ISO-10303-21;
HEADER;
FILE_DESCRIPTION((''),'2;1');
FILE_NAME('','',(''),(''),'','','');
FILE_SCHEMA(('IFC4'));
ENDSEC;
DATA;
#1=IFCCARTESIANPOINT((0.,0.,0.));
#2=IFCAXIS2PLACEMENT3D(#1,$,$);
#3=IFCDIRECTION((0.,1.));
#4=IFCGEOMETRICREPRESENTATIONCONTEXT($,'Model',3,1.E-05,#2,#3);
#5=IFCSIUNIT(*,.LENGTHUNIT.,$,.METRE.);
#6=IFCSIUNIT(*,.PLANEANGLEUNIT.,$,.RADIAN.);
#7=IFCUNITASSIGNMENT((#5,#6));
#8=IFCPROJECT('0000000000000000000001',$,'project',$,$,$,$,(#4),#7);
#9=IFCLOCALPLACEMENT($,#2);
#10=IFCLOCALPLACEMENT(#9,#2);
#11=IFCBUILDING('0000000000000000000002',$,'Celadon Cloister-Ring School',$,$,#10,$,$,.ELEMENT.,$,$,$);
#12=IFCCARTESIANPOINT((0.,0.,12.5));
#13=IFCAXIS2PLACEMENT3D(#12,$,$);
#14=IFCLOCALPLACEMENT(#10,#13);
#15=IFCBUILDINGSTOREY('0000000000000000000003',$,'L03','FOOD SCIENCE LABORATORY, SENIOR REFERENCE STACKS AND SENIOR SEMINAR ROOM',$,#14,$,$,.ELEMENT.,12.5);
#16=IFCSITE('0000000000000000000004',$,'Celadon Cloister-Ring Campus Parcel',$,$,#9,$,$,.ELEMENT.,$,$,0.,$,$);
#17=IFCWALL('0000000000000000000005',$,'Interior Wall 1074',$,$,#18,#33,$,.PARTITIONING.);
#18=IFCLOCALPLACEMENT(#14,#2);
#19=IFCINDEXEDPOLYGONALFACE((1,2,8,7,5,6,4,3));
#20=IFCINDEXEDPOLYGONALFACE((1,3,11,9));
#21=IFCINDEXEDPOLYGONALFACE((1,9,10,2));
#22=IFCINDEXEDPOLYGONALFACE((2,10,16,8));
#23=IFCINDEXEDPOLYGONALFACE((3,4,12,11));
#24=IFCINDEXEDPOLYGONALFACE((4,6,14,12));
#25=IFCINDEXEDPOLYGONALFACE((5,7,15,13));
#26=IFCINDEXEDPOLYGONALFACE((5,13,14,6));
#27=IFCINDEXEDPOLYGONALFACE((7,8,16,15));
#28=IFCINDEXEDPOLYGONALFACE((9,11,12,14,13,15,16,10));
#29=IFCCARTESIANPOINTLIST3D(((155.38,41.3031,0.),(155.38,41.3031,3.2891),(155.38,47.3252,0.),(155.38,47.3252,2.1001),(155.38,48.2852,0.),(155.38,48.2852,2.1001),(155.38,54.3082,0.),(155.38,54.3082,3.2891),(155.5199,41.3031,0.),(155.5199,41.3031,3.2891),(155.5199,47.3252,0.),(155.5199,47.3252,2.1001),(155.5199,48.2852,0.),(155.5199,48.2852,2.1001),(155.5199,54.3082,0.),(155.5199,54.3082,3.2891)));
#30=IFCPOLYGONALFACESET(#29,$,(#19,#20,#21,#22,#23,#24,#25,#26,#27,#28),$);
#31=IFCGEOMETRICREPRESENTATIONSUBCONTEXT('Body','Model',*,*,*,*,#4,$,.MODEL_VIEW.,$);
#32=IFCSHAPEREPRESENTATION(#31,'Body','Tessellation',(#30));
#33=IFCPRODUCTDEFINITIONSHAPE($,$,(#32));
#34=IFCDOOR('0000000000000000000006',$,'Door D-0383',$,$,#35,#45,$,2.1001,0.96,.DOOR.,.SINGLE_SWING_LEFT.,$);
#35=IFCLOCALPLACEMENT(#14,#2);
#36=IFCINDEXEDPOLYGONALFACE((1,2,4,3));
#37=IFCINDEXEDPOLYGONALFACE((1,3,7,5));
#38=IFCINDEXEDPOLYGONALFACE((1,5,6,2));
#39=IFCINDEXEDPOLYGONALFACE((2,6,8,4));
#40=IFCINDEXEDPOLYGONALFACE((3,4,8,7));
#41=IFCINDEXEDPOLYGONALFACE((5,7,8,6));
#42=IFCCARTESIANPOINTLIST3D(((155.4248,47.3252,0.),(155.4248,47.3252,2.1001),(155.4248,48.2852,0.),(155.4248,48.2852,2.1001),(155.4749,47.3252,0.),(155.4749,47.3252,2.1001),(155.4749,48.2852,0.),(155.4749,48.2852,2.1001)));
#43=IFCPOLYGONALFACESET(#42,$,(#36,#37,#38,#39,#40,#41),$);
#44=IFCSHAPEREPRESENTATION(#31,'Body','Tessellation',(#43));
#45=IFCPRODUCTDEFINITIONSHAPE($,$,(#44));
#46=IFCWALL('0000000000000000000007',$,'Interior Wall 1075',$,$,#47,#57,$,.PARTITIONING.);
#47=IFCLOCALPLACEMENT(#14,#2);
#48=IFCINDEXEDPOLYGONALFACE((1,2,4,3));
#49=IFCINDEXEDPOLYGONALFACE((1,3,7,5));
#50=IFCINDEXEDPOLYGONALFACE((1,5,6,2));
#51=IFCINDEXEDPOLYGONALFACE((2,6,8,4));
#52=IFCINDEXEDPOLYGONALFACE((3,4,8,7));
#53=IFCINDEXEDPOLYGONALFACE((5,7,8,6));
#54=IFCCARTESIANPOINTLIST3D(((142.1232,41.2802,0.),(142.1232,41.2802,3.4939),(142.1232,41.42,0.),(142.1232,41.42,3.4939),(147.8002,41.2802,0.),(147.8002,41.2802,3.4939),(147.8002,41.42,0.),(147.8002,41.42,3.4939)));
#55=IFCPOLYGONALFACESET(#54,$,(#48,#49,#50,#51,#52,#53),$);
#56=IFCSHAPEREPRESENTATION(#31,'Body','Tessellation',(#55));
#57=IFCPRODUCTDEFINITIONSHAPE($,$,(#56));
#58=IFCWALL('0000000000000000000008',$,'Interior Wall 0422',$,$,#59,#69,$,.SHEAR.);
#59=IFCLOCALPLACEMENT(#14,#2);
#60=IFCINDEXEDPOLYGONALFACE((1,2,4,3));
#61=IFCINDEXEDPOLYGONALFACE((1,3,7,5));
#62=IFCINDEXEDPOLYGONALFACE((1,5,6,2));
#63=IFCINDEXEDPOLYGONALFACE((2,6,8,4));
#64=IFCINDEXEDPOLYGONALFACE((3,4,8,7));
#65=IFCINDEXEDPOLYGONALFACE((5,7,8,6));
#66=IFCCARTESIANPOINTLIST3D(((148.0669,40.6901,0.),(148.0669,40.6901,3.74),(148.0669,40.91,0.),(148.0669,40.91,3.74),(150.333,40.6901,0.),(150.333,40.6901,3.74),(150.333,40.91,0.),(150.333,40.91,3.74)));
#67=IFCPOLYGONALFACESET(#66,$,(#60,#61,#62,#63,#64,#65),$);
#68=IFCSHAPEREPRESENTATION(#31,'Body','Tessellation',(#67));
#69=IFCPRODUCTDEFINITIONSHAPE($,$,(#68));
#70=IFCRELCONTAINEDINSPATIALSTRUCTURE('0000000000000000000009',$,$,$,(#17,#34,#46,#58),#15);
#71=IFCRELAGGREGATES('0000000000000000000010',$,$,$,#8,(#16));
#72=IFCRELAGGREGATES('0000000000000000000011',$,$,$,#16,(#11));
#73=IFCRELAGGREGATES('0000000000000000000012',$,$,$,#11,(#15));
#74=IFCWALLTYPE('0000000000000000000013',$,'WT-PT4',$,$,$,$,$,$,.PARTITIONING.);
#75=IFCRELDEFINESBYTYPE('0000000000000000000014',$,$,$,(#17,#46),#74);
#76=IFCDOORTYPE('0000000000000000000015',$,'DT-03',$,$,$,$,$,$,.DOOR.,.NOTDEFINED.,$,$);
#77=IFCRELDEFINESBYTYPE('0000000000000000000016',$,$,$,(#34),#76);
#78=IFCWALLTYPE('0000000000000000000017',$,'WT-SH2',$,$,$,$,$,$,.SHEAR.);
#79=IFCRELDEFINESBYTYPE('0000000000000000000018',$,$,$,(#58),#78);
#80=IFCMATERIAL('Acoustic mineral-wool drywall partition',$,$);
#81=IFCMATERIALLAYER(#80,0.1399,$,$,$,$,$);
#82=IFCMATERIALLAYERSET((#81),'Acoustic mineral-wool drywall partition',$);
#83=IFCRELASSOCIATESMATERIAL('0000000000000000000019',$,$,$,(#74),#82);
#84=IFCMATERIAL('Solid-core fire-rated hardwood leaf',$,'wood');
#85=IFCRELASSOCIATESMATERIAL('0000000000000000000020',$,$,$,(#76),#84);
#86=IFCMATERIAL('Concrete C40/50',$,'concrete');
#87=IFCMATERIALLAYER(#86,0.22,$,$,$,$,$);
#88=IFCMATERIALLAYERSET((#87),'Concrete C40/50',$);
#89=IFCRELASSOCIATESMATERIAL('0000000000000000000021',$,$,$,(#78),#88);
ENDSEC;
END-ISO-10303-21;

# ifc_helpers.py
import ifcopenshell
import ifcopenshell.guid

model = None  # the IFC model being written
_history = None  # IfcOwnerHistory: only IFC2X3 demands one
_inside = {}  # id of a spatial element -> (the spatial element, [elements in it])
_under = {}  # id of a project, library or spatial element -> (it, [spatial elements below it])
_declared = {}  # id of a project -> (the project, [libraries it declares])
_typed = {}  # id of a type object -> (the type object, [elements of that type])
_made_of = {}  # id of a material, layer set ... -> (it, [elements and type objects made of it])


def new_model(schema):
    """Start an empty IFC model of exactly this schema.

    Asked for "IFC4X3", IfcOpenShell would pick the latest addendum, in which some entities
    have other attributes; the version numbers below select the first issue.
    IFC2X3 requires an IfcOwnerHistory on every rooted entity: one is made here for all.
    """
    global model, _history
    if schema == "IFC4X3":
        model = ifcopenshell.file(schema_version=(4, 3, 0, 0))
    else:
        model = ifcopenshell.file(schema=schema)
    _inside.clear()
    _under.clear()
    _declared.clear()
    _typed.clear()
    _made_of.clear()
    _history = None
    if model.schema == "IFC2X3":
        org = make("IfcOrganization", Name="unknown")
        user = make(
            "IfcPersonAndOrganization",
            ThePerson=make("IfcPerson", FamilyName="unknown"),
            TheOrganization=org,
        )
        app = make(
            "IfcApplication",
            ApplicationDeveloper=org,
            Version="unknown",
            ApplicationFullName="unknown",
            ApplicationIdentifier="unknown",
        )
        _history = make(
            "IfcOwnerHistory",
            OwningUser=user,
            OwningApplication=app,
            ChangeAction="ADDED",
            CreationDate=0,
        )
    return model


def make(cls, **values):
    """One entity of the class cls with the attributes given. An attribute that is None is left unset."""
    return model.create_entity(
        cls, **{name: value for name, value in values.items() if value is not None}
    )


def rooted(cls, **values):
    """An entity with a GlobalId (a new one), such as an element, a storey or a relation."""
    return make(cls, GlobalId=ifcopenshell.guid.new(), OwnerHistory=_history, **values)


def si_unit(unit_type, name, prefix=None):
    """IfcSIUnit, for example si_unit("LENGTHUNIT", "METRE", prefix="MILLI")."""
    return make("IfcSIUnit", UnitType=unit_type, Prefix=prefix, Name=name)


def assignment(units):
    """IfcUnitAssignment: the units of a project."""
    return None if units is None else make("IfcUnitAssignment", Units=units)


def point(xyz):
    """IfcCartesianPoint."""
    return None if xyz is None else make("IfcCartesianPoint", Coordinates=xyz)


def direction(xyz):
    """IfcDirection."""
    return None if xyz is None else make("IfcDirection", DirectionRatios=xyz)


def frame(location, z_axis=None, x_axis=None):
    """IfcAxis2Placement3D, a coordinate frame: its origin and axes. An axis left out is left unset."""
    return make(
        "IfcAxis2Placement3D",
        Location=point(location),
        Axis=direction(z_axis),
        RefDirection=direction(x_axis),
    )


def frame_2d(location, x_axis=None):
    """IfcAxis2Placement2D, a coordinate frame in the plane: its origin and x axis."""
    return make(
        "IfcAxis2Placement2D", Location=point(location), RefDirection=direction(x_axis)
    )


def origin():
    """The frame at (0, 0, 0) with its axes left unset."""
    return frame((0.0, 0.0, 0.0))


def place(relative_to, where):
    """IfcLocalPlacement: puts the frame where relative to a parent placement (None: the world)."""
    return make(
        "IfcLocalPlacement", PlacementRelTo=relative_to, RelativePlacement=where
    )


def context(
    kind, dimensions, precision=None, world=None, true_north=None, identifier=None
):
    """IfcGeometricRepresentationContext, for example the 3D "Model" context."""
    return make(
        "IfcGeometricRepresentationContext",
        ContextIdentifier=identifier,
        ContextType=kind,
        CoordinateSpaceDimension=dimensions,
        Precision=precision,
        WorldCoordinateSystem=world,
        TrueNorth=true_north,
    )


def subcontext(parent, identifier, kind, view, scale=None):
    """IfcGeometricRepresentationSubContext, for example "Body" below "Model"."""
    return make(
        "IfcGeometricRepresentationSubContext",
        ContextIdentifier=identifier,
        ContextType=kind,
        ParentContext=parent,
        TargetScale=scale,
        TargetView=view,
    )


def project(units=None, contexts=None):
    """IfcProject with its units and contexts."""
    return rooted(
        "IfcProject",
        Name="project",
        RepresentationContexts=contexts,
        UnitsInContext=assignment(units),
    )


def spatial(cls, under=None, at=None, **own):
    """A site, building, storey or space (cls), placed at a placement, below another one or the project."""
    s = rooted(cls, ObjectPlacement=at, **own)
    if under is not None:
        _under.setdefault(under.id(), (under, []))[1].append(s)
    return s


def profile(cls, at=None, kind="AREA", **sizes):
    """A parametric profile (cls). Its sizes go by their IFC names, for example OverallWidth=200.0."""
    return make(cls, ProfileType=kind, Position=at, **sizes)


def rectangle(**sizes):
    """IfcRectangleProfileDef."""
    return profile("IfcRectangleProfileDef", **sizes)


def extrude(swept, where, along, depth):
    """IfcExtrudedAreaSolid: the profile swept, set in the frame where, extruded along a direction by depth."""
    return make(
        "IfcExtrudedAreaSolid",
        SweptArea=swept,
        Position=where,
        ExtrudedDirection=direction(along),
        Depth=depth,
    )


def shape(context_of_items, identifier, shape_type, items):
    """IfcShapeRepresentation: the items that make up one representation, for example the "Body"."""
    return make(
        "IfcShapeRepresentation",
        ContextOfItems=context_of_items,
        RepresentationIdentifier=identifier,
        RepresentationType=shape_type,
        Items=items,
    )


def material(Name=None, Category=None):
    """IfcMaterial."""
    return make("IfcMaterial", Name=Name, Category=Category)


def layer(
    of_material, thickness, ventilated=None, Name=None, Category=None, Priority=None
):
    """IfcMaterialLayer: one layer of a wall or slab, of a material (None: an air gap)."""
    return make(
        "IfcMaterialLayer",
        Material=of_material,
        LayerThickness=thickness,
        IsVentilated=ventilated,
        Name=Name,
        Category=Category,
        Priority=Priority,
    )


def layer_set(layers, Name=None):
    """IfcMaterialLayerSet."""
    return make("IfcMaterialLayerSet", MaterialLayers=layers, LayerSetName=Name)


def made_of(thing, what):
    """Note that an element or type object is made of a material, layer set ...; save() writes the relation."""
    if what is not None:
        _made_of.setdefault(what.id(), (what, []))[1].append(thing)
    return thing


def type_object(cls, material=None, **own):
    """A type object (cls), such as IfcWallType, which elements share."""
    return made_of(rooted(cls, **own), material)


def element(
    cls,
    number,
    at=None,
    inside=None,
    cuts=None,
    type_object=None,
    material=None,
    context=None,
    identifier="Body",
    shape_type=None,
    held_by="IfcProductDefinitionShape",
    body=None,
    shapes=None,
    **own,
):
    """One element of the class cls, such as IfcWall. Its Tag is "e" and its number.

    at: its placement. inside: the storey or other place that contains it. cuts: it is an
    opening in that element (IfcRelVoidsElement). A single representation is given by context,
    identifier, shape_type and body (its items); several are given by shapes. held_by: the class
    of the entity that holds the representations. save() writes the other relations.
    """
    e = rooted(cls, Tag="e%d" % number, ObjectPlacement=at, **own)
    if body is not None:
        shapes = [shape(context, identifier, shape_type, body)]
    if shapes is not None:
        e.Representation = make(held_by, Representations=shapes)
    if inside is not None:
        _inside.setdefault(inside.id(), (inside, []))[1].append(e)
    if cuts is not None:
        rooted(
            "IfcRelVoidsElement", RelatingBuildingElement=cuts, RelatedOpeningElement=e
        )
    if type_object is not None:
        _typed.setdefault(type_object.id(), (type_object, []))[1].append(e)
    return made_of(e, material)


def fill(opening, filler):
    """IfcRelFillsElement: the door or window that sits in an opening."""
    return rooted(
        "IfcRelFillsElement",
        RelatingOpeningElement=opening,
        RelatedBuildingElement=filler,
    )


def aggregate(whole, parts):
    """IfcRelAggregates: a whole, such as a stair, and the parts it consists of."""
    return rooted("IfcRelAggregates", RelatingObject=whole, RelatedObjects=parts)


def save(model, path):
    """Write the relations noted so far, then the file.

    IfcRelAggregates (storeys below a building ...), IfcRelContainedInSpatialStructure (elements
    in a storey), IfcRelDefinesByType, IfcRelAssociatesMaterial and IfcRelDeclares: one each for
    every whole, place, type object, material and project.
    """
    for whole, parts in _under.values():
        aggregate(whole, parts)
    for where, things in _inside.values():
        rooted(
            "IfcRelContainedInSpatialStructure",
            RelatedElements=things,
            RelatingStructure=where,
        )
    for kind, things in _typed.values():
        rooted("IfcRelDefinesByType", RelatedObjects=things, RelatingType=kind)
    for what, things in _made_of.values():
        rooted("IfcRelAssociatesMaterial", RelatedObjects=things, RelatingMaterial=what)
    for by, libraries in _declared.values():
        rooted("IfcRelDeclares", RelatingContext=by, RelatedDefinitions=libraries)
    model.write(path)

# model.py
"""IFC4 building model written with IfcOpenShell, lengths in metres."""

from ifc_helpers import new_model, si_unit, direction, frame, frame_2d, origin, place, context, subcontext, project, spatial, rectangle, extrude, material, layer, layer_set, type_object, element, fill, save


model = new_model("IFC4")

# Units and contexts
model_context = context("Model", 3, precision=1e-05, world=origin(), true_north=direction((0.0, 1.0)))
body_context = subcontext(model_context, "Body", "Model", "MODEL_VIEW")
ifc_project = project(units=[si_unit("LENGTHUNIT", "METRE"), si_unit("PLANEANGLEUNIT", "RADIAN")], contexts=[model_context])

# Site, building, storey
site_placement = place(None, origin())
site = spatial("IfcSite", under=ifc_project, at=site_placement, Name="Celadon Cloister-Ring Campus Parcel", CompositionType="ELEMENT", RefElevation=0.0)
building_placement = place(site_placement, origin())
building = spatial("IfcBuilding", under=site, at=building_placement, Name="Celadon Cloister-Ring School", CompositionType="ELEMENT")
storey_placement = place(building_placement, frame((0.0, 0.0, 12.5)))
storey = spatial("IfcBuildingStorey", under=building, at=storey_placement, Name="L03", Description="FOOD SCIENCE LABORATORY, SENIOR REFERENCE STACKS AND SENIOR SEMINAR ROOM", CompositionType="ELEMENT", Elevation=12.5)

# Wall, opening, door
ifc_material_1 = material(Name="Acoustic mineral-wool drywall partition")
ifc_layer_1 = layer(ifc_material_1, 0.1399)
ifc_layer_set_1 = layer_set([ifc_layer_1], Name="Acoustic mineral-wool drywall partition")
wall_type_1 = type_object("IfcWallType", Name="WT-PT4", PredefinedType="PARTITIONING", material=ifc_layer_set_1)
wall_1_placement = place(storey_placement, frame((155.45, 54.3081, 0.0), z_axis=(0.0, 0.0, 1.0), x_axis=(0.0, -1.0, 0.0)))
wall_1 = element("IfcWall", 1, at=wall_1_placement, inside=storey, type_object=wall_type_1, Name="Interior Wall 1074", PredefinedType="PARTITIONING", context=body_context, shape_type="SweptSolid", body=[
    extrude(rectangle(XDim=13.0051, YDim=0.1399, at=frame_2d((6.5024, 0.0))), origin(), (0.0, 0.0, 1.0), 3.2891),
])
opening_1_placement = place(wall_1_placement, frame((6.0229, 0.0, 0.0)))
opening_1 = element("IfcOpeningElement", 2, at=opening_1_placement, cuts=wall_1, PredefinedType="OPENING", context=body_context, shape_type="SweptSolid", body=[
    extrude(rectangle(XDim=0.96, YDim=2.1001, at=frame_2d((0.48, 1.05))), frame((0.0, 0.0801, 0.0), z_axis=(0.0, -1.0, 0.0), x_axis=(1.0, 0.0, 0.0)), (0.0, 0.0, 1.0), 0.1599),
])
ifc_material_2 = material(Name="Solid-core fire-rated hardwood leaf", Category="wood")
door_type = type_object("IfcDoorType", Name="DT-03", OperationType="NOTDEFINED", PredefinedType="DOOR", material=ifc_material_2)
door_placement = place(opening_1_placement, origin())
door = element("IfcDoor", 3, at=door_placement, inside=storey, type_object=door_type, Name="Door D-0383", OperationType="SINGLE_SWING_LEFT", OverallHeight=2.1001, OverallWidth=0.96, PredefinedType="DOOR", context=body_context, shape_type="SweptSolid", body=[
    extrude(rectangle(XDim=0.96, YDim=2.1001, at=frame_2d((0.48, 1.05))), frame((0.0, 0.0249, 0.0), z_axis=(0.0, -1.0, 0.0), x_axis=(1.0, 0.0, 0.0)), (0.0, 0.0, 1.0), 0.05),
])
fill(opening_1, door)

# Walls
wall_2_placement = place(storey_placement, frame((147.8, 41.3501, 0.0), z_axis=(0.0, 0.0, 1.0), x_axis=(-1.0, 0.0, 0.0)))
element("IfcWall", 4, at=wall_2_placement, inside=storey, type_object=wall_type_1, Name="Interior Wall 1075", PredefinedType="PARTITIONING", context=body_context, shape_type="SweptSolid", body=[
    extrude(rectangle(XDim=5.677, YDim=0.1399, at=frame_2d((2.8384, 0.0))), origin(), (0.0, 0.0, 1.0), 3.4939),
])
ifc_material_3 = material(Name="Concrete C40/50", Category="concrete")
ifc_layer_2 = layer(ifc_material_3, 0.22)
ifc_layer_set_2 = layer_set([ifc_layer_2], Name="Concrete C40/50")
wall_type_2 = type_object("IfcWallType", Name="WT-SH2", PredefinedType="SHEAR", material=ifc_layer_set_2)
wall_3_placement = place(storey_placement, frame((150.333, 40.8, 0.0), z_axis=(0.0, 0.0, 1.0), x_axis=(-1.0, 0.0, 0.0)))
element("IfcWall", 5, at=wall_3_placement, inside=storey, type_object=wall_type_2, Name="Interior Wall 0422", PredefinedType="SHEAR", context=body_context, shape_type="SweptSolid", body=[
    extrude(rectangle(XDim=2.2661, YDim=0.22, at=frame_2d((1.1331, 0.0))), origin(), (0.0, 0.0, 1.0), 3.74),
])

save(model, "model.ifc")
